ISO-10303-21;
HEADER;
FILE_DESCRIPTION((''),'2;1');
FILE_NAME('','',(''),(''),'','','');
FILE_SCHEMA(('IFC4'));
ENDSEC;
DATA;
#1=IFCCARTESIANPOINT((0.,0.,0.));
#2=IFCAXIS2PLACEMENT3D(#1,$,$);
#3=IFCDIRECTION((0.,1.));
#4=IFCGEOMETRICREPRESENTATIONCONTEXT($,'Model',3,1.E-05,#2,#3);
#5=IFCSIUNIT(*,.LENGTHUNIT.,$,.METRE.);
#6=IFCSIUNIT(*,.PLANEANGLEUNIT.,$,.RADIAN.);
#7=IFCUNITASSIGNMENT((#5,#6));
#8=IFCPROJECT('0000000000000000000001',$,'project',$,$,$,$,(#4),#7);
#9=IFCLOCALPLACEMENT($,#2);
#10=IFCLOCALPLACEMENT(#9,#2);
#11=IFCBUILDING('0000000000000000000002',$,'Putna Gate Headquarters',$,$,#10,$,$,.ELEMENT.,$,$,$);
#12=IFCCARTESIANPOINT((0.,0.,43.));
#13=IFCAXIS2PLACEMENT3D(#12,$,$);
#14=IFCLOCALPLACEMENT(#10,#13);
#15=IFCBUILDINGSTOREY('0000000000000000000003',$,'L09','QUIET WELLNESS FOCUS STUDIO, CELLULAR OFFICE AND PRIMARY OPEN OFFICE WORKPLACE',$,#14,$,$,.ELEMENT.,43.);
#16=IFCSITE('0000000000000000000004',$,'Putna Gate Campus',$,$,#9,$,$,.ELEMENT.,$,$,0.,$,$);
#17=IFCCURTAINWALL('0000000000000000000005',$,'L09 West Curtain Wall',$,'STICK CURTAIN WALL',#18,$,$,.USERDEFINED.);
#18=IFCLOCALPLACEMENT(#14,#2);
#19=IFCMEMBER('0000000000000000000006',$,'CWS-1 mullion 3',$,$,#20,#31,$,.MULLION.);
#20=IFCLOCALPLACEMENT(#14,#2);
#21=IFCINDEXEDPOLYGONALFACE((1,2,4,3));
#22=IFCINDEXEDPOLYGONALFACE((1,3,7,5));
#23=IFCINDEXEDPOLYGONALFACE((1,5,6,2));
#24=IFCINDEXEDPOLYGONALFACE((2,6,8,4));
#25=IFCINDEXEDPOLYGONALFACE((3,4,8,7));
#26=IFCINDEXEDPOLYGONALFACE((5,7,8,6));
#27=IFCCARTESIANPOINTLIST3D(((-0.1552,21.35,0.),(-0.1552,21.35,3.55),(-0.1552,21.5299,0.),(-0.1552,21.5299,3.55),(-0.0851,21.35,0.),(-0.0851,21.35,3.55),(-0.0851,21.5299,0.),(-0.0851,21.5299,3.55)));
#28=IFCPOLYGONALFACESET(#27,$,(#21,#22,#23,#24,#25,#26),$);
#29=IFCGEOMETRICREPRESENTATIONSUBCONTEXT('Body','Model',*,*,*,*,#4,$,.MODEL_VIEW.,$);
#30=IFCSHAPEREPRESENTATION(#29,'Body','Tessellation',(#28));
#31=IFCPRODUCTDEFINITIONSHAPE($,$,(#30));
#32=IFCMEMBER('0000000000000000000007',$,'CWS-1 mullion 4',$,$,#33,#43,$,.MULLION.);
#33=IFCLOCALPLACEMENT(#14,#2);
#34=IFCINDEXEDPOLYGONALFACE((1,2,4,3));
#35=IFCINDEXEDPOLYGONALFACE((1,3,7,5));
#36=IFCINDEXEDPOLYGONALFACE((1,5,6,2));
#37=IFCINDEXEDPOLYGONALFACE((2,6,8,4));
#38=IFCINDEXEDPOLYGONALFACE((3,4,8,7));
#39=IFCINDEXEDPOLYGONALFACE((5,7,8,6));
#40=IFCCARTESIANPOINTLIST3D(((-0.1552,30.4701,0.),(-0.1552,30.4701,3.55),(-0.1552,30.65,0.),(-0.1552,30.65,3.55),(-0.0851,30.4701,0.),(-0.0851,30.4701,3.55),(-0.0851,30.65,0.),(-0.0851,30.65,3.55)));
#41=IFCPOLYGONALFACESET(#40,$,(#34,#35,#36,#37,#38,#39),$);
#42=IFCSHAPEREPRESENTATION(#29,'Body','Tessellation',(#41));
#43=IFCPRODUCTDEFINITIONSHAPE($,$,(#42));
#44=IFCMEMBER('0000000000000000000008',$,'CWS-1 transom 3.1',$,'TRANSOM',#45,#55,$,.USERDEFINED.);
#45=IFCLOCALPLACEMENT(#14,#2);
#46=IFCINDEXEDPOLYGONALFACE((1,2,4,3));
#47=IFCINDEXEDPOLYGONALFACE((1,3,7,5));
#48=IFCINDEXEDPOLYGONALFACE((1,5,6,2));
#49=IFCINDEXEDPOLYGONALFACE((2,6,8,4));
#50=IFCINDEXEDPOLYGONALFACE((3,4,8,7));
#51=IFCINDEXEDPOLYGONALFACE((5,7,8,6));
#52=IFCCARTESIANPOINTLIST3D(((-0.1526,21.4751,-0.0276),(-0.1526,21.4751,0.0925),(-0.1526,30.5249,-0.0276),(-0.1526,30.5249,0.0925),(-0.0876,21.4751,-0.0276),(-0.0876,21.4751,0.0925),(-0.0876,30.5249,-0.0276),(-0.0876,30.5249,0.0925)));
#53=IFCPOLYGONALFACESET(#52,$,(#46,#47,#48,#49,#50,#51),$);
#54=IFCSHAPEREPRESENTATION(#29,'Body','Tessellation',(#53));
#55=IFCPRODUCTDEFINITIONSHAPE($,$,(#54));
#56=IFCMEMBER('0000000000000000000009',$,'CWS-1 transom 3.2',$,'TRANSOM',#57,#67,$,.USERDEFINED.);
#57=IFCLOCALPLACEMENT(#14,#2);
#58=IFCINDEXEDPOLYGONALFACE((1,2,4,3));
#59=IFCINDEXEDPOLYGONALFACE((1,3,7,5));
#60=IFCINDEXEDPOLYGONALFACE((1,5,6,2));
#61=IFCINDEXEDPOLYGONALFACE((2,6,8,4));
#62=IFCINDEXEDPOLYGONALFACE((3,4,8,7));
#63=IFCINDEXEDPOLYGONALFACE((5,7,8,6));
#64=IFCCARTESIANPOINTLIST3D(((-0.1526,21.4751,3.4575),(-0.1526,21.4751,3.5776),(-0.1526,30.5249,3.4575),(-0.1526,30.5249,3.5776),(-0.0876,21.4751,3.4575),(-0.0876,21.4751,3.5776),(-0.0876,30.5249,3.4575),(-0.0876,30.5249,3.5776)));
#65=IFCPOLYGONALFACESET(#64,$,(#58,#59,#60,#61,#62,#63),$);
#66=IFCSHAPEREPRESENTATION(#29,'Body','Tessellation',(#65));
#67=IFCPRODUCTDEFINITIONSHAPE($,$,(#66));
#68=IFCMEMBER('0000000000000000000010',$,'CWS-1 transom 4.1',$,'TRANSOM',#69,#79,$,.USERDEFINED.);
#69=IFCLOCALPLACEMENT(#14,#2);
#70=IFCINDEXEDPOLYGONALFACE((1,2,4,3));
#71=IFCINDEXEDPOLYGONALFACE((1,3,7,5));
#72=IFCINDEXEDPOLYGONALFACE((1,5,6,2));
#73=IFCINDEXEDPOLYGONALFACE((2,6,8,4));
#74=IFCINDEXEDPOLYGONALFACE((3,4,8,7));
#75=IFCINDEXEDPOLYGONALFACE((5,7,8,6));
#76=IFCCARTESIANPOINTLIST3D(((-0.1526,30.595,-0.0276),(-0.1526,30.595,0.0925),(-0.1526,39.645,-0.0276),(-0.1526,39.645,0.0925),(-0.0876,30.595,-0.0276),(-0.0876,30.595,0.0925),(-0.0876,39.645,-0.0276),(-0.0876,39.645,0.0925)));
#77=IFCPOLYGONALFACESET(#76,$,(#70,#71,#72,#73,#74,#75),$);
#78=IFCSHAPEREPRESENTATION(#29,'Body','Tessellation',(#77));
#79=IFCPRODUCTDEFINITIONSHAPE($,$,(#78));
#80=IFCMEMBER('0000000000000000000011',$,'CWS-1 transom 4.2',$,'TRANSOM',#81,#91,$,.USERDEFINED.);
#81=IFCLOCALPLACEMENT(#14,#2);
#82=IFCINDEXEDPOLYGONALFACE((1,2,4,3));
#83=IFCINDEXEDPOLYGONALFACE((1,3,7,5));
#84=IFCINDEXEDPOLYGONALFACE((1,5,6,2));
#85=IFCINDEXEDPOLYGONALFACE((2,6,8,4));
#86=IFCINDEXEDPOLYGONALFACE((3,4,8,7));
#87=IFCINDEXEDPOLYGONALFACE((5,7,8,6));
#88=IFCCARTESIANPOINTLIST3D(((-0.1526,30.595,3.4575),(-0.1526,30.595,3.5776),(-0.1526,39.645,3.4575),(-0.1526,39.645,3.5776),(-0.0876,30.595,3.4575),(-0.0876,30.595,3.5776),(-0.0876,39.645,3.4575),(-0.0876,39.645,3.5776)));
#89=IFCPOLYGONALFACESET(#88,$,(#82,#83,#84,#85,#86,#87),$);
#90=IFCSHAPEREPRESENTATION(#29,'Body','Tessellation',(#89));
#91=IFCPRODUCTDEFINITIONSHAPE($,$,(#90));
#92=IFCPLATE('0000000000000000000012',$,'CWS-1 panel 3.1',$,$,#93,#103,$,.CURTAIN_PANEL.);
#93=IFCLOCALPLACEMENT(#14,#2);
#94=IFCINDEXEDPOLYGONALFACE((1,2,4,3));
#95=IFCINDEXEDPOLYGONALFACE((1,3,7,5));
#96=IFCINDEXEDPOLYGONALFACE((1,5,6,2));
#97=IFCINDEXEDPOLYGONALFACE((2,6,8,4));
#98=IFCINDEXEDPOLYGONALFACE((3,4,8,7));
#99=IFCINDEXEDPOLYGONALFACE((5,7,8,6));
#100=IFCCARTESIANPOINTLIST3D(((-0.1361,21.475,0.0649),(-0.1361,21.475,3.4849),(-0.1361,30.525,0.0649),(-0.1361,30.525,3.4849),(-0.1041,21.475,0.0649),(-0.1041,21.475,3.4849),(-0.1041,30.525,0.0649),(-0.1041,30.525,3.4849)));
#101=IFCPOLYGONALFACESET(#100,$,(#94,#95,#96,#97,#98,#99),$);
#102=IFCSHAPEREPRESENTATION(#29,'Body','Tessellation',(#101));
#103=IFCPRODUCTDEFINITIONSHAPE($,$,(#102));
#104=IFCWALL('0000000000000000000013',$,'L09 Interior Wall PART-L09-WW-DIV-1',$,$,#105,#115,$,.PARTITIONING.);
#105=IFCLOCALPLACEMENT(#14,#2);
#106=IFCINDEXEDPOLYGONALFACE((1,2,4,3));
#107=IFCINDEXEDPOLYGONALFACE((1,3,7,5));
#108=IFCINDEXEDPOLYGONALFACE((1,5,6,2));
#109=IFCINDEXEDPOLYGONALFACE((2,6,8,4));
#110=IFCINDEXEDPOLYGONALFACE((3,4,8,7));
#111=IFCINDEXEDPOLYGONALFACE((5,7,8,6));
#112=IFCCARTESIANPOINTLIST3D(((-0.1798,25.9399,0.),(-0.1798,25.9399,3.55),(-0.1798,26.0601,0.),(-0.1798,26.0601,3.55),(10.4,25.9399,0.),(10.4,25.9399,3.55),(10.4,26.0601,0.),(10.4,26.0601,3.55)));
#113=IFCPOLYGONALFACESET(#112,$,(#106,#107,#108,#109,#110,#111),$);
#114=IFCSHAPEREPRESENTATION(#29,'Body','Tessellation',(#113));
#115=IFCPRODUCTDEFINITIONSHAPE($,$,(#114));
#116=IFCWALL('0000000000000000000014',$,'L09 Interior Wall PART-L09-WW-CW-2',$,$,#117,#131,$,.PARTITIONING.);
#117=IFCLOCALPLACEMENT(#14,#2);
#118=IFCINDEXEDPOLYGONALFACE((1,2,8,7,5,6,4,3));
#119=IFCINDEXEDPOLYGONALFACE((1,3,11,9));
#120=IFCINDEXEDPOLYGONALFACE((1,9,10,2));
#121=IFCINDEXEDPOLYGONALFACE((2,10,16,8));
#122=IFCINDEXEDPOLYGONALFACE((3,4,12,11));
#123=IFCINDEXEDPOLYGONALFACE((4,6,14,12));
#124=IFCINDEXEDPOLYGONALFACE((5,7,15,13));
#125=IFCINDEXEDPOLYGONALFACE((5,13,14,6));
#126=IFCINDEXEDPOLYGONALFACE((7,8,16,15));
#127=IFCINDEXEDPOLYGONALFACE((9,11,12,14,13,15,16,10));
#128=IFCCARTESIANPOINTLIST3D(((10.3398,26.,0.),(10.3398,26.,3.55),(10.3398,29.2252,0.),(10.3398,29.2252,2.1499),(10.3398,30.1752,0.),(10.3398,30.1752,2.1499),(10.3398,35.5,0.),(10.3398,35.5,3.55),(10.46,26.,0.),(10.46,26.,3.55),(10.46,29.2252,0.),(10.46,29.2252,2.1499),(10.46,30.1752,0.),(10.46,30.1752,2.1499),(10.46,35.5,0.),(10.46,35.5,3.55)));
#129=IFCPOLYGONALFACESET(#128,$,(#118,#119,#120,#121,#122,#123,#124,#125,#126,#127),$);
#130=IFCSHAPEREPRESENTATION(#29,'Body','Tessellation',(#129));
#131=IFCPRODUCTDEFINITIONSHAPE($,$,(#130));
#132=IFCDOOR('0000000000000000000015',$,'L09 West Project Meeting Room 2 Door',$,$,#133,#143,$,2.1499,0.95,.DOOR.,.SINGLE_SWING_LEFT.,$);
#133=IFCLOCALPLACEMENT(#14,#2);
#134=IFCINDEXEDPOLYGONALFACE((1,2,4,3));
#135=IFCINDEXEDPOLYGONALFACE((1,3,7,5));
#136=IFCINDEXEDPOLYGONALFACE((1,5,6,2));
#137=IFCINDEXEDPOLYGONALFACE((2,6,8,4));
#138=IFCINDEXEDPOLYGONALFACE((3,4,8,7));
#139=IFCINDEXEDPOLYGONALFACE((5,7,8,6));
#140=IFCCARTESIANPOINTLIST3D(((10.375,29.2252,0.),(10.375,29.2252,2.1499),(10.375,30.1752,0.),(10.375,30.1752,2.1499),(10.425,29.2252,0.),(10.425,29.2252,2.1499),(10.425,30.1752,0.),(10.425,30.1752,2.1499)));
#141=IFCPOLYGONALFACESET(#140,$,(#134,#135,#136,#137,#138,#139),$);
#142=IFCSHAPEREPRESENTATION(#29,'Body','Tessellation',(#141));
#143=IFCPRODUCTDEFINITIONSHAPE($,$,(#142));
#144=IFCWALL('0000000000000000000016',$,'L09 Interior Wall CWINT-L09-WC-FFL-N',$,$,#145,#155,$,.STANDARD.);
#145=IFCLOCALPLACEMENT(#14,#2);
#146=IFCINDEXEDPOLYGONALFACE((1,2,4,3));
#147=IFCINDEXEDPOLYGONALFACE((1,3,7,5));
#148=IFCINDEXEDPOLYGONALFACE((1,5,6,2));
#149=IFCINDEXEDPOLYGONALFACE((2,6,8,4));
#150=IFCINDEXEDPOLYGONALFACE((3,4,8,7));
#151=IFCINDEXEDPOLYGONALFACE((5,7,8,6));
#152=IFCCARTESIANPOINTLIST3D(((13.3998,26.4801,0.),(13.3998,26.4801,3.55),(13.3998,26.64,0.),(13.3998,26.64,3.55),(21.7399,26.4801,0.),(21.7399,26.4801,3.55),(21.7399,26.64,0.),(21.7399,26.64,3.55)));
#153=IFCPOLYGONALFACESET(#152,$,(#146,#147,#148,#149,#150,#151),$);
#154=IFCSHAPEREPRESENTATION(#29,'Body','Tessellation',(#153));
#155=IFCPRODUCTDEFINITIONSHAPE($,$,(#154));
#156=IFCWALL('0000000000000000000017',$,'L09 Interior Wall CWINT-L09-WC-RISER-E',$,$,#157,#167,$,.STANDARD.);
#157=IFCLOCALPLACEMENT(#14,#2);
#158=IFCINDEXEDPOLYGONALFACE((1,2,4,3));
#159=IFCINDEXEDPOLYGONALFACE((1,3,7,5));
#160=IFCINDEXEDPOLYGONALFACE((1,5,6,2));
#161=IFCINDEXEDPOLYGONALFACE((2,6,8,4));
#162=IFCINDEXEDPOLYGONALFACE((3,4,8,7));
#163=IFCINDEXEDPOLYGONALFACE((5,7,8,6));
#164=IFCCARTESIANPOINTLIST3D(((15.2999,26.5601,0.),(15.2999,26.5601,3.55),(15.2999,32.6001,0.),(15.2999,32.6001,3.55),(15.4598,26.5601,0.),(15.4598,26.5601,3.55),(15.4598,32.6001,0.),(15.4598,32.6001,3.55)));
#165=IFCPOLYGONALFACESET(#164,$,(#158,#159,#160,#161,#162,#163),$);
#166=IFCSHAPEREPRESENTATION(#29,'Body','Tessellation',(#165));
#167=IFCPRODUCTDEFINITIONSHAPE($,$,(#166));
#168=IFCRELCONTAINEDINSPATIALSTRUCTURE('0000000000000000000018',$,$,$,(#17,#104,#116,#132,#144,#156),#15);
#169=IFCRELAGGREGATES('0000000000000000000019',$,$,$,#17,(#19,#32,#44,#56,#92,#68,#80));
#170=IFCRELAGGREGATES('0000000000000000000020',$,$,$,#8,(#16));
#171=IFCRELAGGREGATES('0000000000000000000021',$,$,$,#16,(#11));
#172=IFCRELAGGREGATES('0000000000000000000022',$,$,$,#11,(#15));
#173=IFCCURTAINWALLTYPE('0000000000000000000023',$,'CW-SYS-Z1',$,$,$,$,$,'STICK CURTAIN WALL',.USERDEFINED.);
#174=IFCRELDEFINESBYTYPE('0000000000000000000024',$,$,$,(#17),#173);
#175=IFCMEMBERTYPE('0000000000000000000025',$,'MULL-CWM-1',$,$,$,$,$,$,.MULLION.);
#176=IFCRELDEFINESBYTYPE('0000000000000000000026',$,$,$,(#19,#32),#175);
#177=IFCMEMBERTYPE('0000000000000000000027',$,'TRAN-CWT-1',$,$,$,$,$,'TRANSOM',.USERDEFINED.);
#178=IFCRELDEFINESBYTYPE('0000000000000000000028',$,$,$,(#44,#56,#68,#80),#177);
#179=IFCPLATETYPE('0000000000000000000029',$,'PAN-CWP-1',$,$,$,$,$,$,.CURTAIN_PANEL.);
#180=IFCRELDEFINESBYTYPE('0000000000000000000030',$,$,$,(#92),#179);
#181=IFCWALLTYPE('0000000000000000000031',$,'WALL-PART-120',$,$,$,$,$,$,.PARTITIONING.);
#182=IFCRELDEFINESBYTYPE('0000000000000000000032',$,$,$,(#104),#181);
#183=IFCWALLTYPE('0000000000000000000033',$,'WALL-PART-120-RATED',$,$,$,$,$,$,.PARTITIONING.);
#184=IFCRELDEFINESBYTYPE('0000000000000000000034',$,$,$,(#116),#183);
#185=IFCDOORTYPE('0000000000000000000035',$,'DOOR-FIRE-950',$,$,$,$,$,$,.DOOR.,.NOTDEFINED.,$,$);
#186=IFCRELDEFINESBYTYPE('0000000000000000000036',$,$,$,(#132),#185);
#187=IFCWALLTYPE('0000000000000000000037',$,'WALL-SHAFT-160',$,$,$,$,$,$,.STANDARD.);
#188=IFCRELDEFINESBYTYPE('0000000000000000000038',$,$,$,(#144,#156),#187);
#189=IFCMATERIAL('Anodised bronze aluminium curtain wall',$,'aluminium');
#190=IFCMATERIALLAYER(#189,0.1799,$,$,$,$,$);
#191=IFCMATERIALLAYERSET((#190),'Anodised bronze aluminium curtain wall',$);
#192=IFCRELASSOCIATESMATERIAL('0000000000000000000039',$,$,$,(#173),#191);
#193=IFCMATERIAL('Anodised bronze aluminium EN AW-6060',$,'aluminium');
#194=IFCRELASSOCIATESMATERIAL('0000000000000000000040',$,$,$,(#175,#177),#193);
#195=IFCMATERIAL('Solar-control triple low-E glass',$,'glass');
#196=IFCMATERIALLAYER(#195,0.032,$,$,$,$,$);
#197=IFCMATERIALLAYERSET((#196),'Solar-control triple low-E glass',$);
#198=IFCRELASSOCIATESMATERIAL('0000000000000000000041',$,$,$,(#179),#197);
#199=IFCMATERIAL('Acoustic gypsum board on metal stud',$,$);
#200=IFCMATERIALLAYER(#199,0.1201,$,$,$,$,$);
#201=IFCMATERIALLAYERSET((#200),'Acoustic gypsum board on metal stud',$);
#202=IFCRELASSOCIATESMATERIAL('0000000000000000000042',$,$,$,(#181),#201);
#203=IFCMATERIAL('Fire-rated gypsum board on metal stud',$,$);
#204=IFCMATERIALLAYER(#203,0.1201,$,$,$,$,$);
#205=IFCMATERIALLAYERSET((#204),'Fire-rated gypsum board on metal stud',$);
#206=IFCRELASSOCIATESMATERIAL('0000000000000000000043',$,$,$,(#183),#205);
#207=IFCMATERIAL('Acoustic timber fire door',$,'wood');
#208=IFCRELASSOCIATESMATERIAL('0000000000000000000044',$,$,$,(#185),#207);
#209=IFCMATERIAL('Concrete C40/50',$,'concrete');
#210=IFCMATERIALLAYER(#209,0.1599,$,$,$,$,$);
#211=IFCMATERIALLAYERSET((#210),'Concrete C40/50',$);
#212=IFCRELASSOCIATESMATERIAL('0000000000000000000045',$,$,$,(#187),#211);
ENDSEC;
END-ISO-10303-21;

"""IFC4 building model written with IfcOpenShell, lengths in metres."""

from ifc_helpers import new_model, si_unit, direction, frame, frame_2d, origin, origin_2d, place, context, subcontext, project, spatial, rectangle, extrude, material, layer, layer_set, material_profile, profile_set, type_object, element, fill, aggregate, save


model = new_model("IFC4")

# Units and contexts
model_context = context("Model", 3, precision=1e-05, world=origin(), true_north=direction((0.0, 1.0)))
body_context = subcontext(model_context, "Body", "Model", "MODEL_VIEW")
ifc_project = project(units=[si_unit("LENGTHUNIT", "METRE"), si_unit("PLANEANGLEUNIT", "RADIAN")], contexts=[model_context])

# Site, building, storey
site_placement = place(None, origin())
site = spatial("IfcSite", under=ifc_project, at=site_placement, Name="Putna Gate Campus", CompositionType="ELEMENT", RefElevation=0.0)
building_placement = place(site_placement, origin())
building = spatial("IfcBuilding", under=site, at=building_placement, Name="Putna Gate Headquarters", CompositionType="ELEMENT")
storey_placement = place(building_placement, frame((0.0, 0.0, 43.0)))
storey = spatial("IfcBuildingStorey", under=building, at=storey_placement, Name="L09", Description="QUIET WELLNESS FOCUS STUDIO, CELLULAR OFFICE AND PRIMARY OPEN OFFICE WORKPLACE", CompositionType="ELEMENT", Elevation=43.0)

# Curtain wall, members, plate
ifc_material_1 = material(Name="Anodised bronze aluminium curtain wall", Category="aluminium")
ifc_layer_1 = layer(ifc_material_1, 0.1799)
ifc_layer_set_1 = layer_set([ifc_layer_1], Name="Anodised bronze aluminium curtain wall")
curtain_wall_type = type_object("IfcCurtainWallType", Name="CW-SYS-Z1", ElementType="STICK CURTAIN WALL", PredefinedType="USERDEFINED", material=ifc_layer_set_1)
curtain_wall_placement = place(storey_placement, origin())
curtain_wall = element("IfcCurtainWall", 1, at=curtain_wall_placement, inside=storey, type_object=curtain_wall_type, Name="L09 West Curtain Wall", ObjectType="STICK CURTAIN WALL", PredefinedType="USERDEFINED")
ifc_material_2 = material(Name="Anodised bronze aluminium EN AW-6060", Category="aluminium")
ifc_material_profile_1 = material_profile(ifc_material_2, rectangle(XDim=0.0701, YDim=0.1799, at=origin_2d()), Name="Anodised bronze aluminium EN AW-6060")
ifc_profile_set_1 = profile_set([ifc_material_profile_1], Name="Anodised bronze aluminium EN AW-6060")
member_type_1 = type_object("IfcMemberType", Name="MULL-CWM-1", PredefinedType="MULLION", material=ifc_profile_set_1)
member_1_placement = place(storey_placement, frame((-0.1201, 21.4399, 0.0), z_axis=(0.0, 0.0, 1.0), x_axis=(-1.0, 0.0, 0.0)))
member_1 = element("IfcMember", 2, at=member_1_placement, type_object=member_type_1, Name="CWS-1 mullion 3", PredefinedType="MULLION", context=body_context, shape_type="SweptSolid", body=[
    extrude(rectangle(XDim=0.0701, YDim=0.1799, at=origin_2d()), origin(), (0.0, 0.0, 1.0), 3.55),
])
member_2_placement = place(storey_placement, frame((-0.1201, 30.5601, 0.0), z_axis=(0.0, 0.0, 1.0), x_axis=(-1.0, 0.0, 0.0)))
member_2 = element("IfcMember", 3, at=member_2_placement, type_object=member_type_1, Name="CWS-1 mullion 4", PredefinedType="MULLION", context=body_context, shape_type="SweptSolid", body=[
    extrude(rectangle(XDim=0.0701, YDim=0.1799, at=origin_2d()), origin(), (0.0, 0.0, 1.0), 3.55),
])
ifc_material_profile_2 = material_profile(ifc_material_2, rectangle(XDim=0.0649, YDim=0.1201, at=origin_2d()), Name="Anodised bronze aluminium EN AW-6060")
ifc_profile_set_2 = profile_set([ifc_material_profile_2], Name="Anodised bronze aluminium EN AW-6060")
member_type_2 = type_object("IfcMemberType", Name="TRAN-CWT-1", ElementType="TRANSOM", PredefinedType="USERDEFINED", material=ifc_profile_set_2)
member_3_placement = place(storey_placement, frame((-0.1201, 21.4751, 0.0325), z_axis=(0.0, 1.0, 0.0), x_axis=(-1.0, 0.0, 0.0)))
member_3 = element("IfcMember", 4, at=member_3_placement, type_object=member_type_2, Name="CWS-1 transom 3.1", ObjectType="TRANSOM", PredefinedType="USERDEFINED", context=body_context, shape_type="SweptSolid", body=[
    extrude(rectangle(XDim=0.0649, YDim=0.1201, at=origin_2d()), origin(), (0.0, 0.0, 1.0), 9.0498),
])
member_4_placement = place(storey_placement, frame((-0.1201, 21.4751, 3.5176), z_axis=(0.0, 1.0, 0.0), x_axis=(-1.0, 0.0, 0.0)))
member_4 = element("IfcMember", 5, at=member_4_placement, type_object=member_type_2, Name="CWS-1 transom 3.2", ObjectType="TRANSOM", PredefinedType="USERDEFINED", context=body_context, shape_type="SweptSolid", body=[
    extrude(rectangle(XDim=0.0649, YDim=0.1201, at=origin_2d()), origin(), (0.0, 0.0, 1.0), 9.0498),
])
member_5_placement = place(storey_placement, frame((-0.1201, 30.595, 0.0325), z_axis=(0.0, 1.0, 0.0), x_axis=(-1.0, 0.0, 0.0)))
member_5 = element("IfcMember", 6, at=member_5_placement, type_object=member_type_2, Name="CWS-1 transom 4.1", ObjectType="TRANSOM", PredefinedType="USERDEFINED", context=body_context, shape_type="SweptSolid", body=[
    extrude(rectangle(XDim=0.0649, YDim=0.1201, at=origin_2d()), origin(), (0.0, 0.0, 1.0), 9.05),
])
member_6_placement = place(storey_placement, frame((-0.1201, 30.595, 3.5176), z_axis=(0.0, 1.0, 0.0), x_axis=(-1.0, 0.0, 0.0)))
member_6 = element("IfcMember", 7, at=member_6_placement, type_object=member_type_2, Name="CWS-1 transom 4.2", ObjectType="TRANSOM", PredefinedType="USERDEFINED", context=body_context, shape_type="SweptSolid", body=[
    extrude(rectangle(XDim=0.0649, YDim=0.1201, at=origin_2d()), origin(), (0.0, 0.0, 1.0), 9.05),
])
ifc_material_3 = material(Name="Solar-control triple low-E glass", Category="glass")
ifc_layer_2 = layer(ifc_material_3, 0.032)
ifc_layer_set_2 = layer_set([ifc_layer_2], Name="Solar-control triple low-E glass")
plate_type = type_object("IfcPlateType", Name="PAN-CWP-1", PredefinedType="CURTAIN_PANEL", material=ifc_layer_set_2)
plate_placement = place(storey_placement, frame((-0.1201, 26.0, 0.0649), z_axis=(0.0, 0.0, 1.0), x_axis=(0.0, 1.0, 0.0)))
plate = element("IfcPlate", 8, at=plate_placement, type_object=plate_type, Name="CWS-1 panel 3.1", PredefinedType="CURTAIN_PANEL", context=body_context, shape_type="SweptSolid", body=[
    extrude(rectangle(XDim=9.05, YDim=0.032, at=origin_2d()), origin(), (0.0, 0.0, 1.0), 3.4199),
])
aggregate(curtain_wall, [member_1, member_2, member_3, member_4, plate, member_5, member_6])

# Wall
ifc_material_4 = material(Name="Acoustic gypsum board on metal stud")
ifc_layer_3 = layer(ifc_material_4, 0.1201)
ifc_layer_set_3 = layer_set([ifc_layer_3], Name="Acoustic gypsum board on metal stud")
wall_type_1 = type_object("IfcWallType", Name="WALL-PART-120", PredefinedType="PARTITIONING", material=ifc_layer_set_3)
wall_1_placement = place(storey_placement, frame((-0.1799, 26.0, 0.0), z_axis=(0.0, 0.0, 1.0), x_axis=(1.0, 0.0, 0.0)))
element("IfcWall", 9, at=wall_1_placement, inside=storey, type_object=wall_type_1, Name="L09 Interior Wall PART-L09-WW-DIV-1", PredefinedType="PARTITIONING", context=body_context, shape_type="SweptSolid", body=[
    extrude(rectangle(XDim=10.5798, YDim=0.1201, at=frame_2d((5.29, 0.0))), origin(), (0.0, 0.0, 1.0), 3.55),
])

# Wall, opening, door
ifc_material_5 = material(Name="Fire-rated gypsum board on metal stud")
ifc_layer_4 = layer(ifc_material_5, 0.1201)
ifc_layer_set_4 = layer_set([ifc_layer_4], Name="Fire-rated gypsum board on metal stud")
wall_type_2 = type_object("IfcWallType", Name="WALL-PART-120-RATED", PredefinedType="PARTITIONING", material=ifc_layer_set_4)
wall_2_placement = place(storey_placement, frame((10.3999, 26.0, 0.0), z_axis=(0.0, 0.0, 1.0), x_axis=(0.0, 1.0, 0.0)))
wall_2 = element("IfcWall", 10, at=wall_2_placement, inside=storey, type_object=wall_type_2, Name="L09 Interior Wall PART-L09-WW-CW-2", PredefinedType="PARTITIONING", context=body_context, shape_type="SweptSolid", body=[
    extrude(rectangle(XDim=9.5, YDim=0.1201, at=frame_2d((4.75, 0.0))), origin(), (0.0, 0.0, 1.0), 3.55),
])
opening_1_placement = place(wall_2_placement, frame((3.2251, 0.0, 0.0)))
opening_1 = element("IfcOpeningElement", 11, at=opening_1_placement, cuts=wall_2, PredefinedType="OPENING", context=body_context, shape_type="SweptSolid", body=[
    extrude(rectangle(XDim=0.95, YDim=2.1499, at=frame_2d((0.4751, 1.075))), frame((0.0, 0.0701, 0.0), z_axis=(0.0, -1.0, 0.0), x_axis=(1.0, 0.0, 0.0)), (0.0, 0.0, 1.0), 0.1401),
])
ifc_material_6 = material(Name="Acoustic timber fire door", Category="wood")
door_type_1 = type_object("IfcDoorType", Name="DOOR-FIRE-950", OperationType="NOTDEFINED", PredefinedType="DOOR", material=ifc_material_6)
door_1_placement = place(opening_1_placement, origin())
door_1 = element("IfcDoor", 12, at=door_1_placement, inside=storey, type_object=door_type_1, Name="L09 West Project Meeting Room 2 Door", OperationType="SINGLE_SWING_LEFT", OverallHeight=2.1499, OverallWidth=0.95, PredefinedType="DOOR", context=body_context, shape_type="SweptSolid", body=[
    extrude(rectangle(XDim=0.95, YDim=2.1499, at=frame_2d((0.4751, 1.075))), frame((0.0, 0.0249, 0.0), z_axis=(0.0, -1.0, 0.0), x_axis=(1.0, 0.0, 0.0)), (0.0, 0.0, 1.0), 0.05),
])
fill(opening_1, door_1)

# Walls
ifc_material_7 = material(Name="Concrete C40/50", Category="concrete")
ifc_layer_5 = layer(ifc_material_7, 0.1599)
ifc_layer_set_5 = layer_set([ifc_layer_5], Name="Concrete C40/50")
wall_type_3 = type_object("IfcWallType", Name="WALL-SHAFT-160", PredefinedType="STANDARD", material=ifc_layer_set_5)
wall_3_placement = place(storey_placement, frame((13.3999, 26.5601, 0.0), z_axis=(0.0, 0.0, 1.0), x_axis=(1.0, 0.0, 0.0)))
element("IfcWall", 13, at=wall_3_placement, inside=storey, type_object=wall_type_3, Name="L09 Interior Wall CWINT-L09-WC-FFL-N", PredefinedType="STANDARD", context=body_context, shape_type="SweptSolid", body=[
    extrude(rectangle(XDim=8.3401, YDim=0.1599, at=frame_2d((4.1699, 0.0))), origin(), (0.0, 0.0, 1.0), 3.55),
])
wall_4_placement = place(storey_placement, frame((15.3799, 26.5601, 0.0), z_axis=(0.0, 0.0, 1.0), x_axis=(0.0, 1.0, 0.0)))
element("IfcWall", 14, at=wall_4_placement, inside=storey, type_object=wall_type_3, Name="L09 Interior Wall CWINT-L09-WC-RISER-E", PredefinedType="STANDARD", context=body_context, shape_type="SweptSolid", body=[
    extrude(rectangle(XDim=6.04, YDim=0.1599, at=frame_2d((3.02, 0.0))), origin(), (0.0, 0.0, 1.0), 3.55),
])

save(model, "model.ifc")
